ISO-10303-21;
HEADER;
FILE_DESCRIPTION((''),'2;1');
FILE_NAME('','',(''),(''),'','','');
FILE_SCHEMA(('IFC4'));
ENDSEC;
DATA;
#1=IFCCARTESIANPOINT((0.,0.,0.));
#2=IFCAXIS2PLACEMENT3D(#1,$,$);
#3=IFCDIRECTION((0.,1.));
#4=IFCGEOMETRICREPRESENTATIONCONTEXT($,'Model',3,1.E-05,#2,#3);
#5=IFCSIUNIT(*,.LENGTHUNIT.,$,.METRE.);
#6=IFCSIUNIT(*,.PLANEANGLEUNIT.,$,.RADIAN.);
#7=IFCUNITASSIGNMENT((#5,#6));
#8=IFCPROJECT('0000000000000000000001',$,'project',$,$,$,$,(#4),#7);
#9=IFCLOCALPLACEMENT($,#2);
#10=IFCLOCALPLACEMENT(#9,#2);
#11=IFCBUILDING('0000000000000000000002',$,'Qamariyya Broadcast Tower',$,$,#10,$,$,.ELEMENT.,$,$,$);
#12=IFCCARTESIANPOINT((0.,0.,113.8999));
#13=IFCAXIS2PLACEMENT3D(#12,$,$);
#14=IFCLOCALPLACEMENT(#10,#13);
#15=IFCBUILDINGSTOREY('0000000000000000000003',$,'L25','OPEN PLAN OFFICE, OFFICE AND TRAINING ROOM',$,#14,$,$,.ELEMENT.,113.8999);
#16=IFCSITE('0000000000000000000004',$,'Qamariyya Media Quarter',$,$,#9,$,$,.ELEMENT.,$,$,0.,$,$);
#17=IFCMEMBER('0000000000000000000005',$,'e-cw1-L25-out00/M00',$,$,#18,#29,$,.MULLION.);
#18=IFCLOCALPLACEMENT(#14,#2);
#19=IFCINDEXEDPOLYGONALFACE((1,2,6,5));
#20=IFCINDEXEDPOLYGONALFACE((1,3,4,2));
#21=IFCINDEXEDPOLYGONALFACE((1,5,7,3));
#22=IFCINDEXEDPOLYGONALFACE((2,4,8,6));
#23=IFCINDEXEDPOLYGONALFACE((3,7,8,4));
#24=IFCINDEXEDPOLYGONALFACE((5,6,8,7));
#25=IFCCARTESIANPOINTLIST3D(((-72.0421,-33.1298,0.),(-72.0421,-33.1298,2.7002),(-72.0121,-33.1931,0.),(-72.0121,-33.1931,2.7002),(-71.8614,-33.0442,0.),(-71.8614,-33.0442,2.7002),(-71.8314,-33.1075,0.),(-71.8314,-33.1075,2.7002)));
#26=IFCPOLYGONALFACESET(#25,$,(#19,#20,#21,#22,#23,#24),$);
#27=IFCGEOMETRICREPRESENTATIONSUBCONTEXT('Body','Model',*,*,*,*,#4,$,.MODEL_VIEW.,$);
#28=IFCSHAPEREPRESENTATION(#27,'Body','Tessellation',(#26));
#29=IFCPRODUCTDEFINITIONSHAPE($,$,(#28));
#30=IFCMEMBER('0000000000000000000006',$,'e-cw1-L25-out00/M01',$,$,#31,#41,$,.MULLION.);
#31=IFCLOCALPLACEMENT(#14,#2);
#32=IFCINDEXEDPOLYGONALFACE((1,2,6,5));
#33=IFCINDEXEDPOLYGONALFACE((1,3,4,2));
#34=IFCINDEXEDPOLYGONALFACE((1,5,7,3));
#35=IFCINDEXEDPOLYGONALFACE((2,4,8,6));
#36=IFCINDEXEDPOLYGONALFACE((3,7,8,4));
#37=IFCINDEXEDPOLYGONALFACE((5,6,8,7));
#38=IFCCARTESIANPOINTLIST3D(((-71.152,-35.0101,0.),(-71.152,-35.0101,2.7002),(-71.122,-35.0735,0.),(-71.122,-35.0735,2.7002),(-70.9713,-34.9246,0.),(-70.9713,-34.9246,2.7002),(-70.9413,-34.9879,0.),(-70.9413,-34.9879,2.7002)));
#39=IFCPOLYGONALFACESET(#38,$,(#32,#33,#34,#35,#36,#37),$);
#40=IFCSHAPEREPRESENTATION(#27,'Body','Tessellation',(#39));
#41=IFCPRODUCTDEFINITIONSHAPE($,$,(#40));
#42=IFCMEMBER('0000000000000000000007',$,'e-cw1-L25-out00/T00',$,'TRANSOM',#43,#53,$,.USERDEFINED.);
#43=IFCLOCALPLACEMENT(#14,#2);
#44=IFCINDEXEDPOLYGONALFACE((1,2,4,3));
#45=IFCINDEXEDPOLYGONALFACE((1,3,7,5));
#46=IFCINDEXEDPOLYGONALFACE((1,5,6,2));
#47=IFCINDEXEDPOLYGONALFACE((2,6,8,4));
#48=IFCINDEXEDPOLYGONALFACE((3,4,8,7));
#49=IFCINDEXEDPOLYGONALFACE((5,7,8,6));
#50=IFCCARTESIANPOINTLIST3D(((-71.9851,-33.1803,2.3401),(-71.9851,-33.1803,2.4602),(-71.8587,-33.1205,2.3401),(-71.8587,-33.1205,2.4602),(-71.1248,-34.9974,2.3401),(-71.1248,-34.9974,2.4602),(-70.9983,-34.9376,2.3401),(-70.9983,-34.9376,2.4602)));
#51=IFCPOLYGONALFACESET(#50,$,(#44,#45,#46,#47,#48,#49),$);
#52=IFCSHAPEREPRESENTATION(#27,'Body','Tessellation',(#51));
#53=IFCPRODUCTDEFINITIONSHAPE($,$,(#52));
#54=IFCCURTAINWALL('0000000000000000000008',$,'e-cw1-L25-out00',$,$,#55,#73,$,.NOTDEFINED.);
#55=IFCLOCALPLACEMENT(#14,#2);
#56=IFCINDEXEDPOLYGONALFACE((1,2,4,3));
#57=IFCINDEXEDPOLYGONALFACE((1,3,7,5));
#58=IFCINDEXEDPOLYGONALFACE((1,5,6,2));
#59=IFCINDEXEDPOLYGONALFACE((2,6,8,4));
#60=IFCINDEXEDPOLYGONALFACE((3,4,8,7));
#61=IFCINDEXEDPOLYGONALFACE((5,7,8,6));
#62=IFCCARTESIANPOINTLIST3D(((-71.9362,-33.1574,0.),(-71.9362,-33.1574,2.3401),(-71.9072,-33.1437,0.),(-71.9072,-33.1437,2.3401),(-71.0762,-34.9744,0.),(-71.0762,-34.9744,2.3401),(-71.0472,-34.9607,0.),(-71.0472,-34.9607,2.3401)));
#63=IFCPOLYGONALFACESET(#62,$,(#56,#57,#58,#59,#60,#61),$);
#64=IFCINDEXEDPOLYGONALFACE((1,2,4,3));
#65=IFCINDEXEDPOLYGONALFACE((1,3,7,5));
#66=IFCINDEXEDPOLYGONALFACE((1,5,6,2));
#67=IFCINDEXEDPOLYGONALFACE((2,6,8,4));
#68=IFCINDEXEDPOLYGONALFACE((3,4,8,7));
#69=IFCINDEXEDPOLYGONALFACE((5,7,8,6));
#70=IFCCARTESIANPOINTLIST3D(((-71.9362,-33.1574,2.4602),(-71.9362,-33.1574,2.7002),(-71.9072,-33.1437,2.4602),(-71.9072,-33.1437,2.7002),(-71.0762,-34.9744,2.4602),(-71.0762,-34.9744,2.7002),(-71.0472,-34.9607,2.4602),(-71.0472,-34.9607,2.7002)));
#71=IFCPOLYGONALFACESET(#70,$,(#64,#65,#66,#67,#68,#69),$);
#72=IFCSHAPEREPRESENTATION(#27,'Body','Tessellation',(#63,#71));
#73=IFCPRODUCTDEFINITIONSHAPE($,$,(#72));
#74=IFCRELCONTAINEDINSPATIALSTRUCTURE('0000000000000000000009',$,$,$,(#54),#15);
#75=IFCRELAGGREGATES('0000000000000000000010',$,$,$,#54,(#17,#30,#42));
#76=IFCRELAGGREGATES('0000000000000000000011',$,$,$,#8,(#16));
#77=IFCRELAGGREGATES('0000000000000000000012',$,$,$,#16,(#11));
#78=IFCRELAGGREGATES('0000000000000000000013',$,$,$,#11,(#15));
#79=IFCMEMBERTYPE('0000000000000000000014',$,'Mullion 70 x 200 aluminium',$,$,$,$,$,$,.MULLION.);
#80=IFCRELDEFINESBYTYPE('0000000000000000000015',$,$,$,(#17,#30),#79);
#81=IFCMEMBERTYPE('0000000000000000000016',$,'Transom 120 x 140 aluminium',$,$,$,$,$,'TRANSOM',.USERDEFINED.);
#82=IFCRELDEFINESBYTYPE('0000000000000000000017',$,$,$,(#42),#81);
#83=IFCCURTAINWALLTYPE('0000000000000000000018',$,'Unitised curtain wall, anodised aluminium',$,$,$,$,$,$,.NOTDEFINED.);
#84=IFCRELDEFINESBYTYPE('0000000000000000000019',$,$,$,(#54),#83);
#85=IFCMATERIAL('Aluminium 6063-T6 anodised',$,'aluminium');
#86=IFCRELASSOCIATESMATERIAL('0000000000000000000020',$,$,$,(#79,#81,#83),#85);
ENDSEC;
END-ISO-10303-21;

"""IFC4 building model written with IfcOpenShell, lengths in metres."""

from ifc_helpers import new_model, si_unit, direction, frame, origin, origin_2d, place, context, subcontext, project, spatial, rectangle, extrude, material, material_profile, profile_set, type_object, element, aggregate, save


model = new_model("IFC4")

# Units and contexts
model_context = context("Model", 3, precision=1e-05, world=origin(), true_north=direction((0.0, 1.0)))
body_context = subcontext(model_context, "Body", "Model", "MODEL_VIEW")
ifc_project = project(units=[si_unit("LENGTHUNIT", "METRE"), si_unit("PLANEANGLEUNIT", "RADIAN")], contexts=[model_context])

# Members
ifc_material = material(Name="Aluminium 6063-T6 anodised", Category="aluminium")
ifc_material_profile_1 = material_profile(ifc_material, rectangle(XDim=0.2, YDim=0.0701, at=origin_2d()))
ifc_profile_set_1 = profile_set([ifc_material_profile_1], Name="Aluminium 6063-T6 anodised")
member_type_1 = type_object("IfcMemberType", Name="Mullion 70 x 200 aluminium", PredefinedType="MULLION", material=ifc_profile_set_1)
site_placement = place(None, origin())
building_placement = place(site_placement, origin())
storey_placement = place(building_placement, frame((0.0, 0.0, 113.8999)))
member_1_placement = place(storey_placement, frame((-71.9368, -33.1187, 0.0), z_axis=(0.0, 0.0, 1.0), x_axis=(0.903829, 0.427895, 0.0)))
member_1 = element("IfcMember", 1, at=member_1_placement, type_object=member_type_1, Name="e-cw1-L25-out00/M00", PredefinedType="MULLION", context=body_context, shape_type="SweptSolid", body=[
    extrude(rectangle(XDim=0.2, YDim=0.0701, at=origin_2d()), origin(), (0.0, 0.0, 1.0), 2.7002),
])
member_2_placement = place(storey_placement, frame((-71.0466, -34.999, 0.0), z_axis=(0.0, 0.0, 1.0), x_axis=(0.903829, 0.427895, 0.0)))
member_2 = element("IfcMember", 2, at=member_2_placement, type_object=member_type_1, Name="e-cw1-L25-out00/M01", PredefinedType="MULLION", context=body_context, shape_type="SweptSolid", body=[
    extrude(rectangle(XDim=0.2, YDim=0.0701, at=origin_2d()), origin(), (0.0, 0.0, 1.0), 2.7002),
])
ifc_material_profile_2 = material_profile(ifc_material, rectangle(XDim=0.1399, YDim=0.1201, at=origin_2d()))
ifc_profile_set_2 = profile_set([ifc_material_profile_2], Name="Aluminium 6063-T6 anodised")
member_type_2 = type_object("IfcMemberType", Name="Transom 120 x 140 aluminium", ElementType="TRANSOM", PredefinedType="USERDEFINED", material=ifc_profile_set_2)
member_3_placement = place(storey_placement, frame((-71.9219, -33.1504, 2.4001), z_axis=(0.427925, -0.903814, 0.0), x_axis=(0.903814, 0.427925, 0.0)))
member_3 = element("IfcMember", 3, at=member_3_placement, type_object=member_type_2, Name="e-cw1-L25-out00/T00", ObjectType="TRANSOM", PredefinedType="USERDEFINED", context=body_context, shape_type="SweptSolid", body=[
    extrude(rectangle(XDim=0.1399, YDim=0.1201, at=origin_2d()), origin(), (0.0, 0.0, 1.0), 2.0105),
])

# Site, building, storey
site = spatial("IfcSite", under=ifc_project, at=site_placement, Name="Qamariyya Media Quarter", CompositionType="ELEMENT", RefElevation=0.0)
building = spatial("IfcBuilding", under=site, at=building_placement, Name="Qamariyya Broadcast Tower", CompositionType="ELEMENT")
storey = spatial("IfcBuildingStorey", under=building, at=storey_placement, Name="L25", Description="OPEN PLAN OFFICE, OFFICE AND TRAINING ROOM", CompositionType="ELEMENT", Elevation=113.8999)

# Curtain wall
curtain_wall_type = type_object("IfcCurtainWallType", Name="Unitised curtain wall, anodised aluminium", PredefinedType="NOTDEFINED", material=ifc_material)
curtain_wall_1_placement = place(storey_placement, origin())
curtain_wall_1 = element("IfcCurtainWall", 4, at=curtain_wall_1_placement, inside=storey, type_object=curtain_wall_type, Name="e-cw1-L25-out00", PredefinedType="NOTDEFINED", context=body_context, shape_type="SweptSolid", body=[
    extrude(rectangle(XDim=2.0103, YDim=0.032, at=origin_2d()), frame((-71.4917, -34.0591, 0.0), x_axis=(0.427808, -0.90387, 0.0)), (0.0, 0.0, 1.0), 2.3401),
    extrude(rectangle(XDim=2.0103, YDim=0.032, at=origin_2d()), frame((-71.4917, -34.0591, 2.4602), x_axis=(0.427808, -0.90387, 0.0)), (0.0, 0.0, 1.0), 0.24),
])
aggregate(curtain_wall_1, [member_1, member_2, member_3])

save(model, "model.ifc")
